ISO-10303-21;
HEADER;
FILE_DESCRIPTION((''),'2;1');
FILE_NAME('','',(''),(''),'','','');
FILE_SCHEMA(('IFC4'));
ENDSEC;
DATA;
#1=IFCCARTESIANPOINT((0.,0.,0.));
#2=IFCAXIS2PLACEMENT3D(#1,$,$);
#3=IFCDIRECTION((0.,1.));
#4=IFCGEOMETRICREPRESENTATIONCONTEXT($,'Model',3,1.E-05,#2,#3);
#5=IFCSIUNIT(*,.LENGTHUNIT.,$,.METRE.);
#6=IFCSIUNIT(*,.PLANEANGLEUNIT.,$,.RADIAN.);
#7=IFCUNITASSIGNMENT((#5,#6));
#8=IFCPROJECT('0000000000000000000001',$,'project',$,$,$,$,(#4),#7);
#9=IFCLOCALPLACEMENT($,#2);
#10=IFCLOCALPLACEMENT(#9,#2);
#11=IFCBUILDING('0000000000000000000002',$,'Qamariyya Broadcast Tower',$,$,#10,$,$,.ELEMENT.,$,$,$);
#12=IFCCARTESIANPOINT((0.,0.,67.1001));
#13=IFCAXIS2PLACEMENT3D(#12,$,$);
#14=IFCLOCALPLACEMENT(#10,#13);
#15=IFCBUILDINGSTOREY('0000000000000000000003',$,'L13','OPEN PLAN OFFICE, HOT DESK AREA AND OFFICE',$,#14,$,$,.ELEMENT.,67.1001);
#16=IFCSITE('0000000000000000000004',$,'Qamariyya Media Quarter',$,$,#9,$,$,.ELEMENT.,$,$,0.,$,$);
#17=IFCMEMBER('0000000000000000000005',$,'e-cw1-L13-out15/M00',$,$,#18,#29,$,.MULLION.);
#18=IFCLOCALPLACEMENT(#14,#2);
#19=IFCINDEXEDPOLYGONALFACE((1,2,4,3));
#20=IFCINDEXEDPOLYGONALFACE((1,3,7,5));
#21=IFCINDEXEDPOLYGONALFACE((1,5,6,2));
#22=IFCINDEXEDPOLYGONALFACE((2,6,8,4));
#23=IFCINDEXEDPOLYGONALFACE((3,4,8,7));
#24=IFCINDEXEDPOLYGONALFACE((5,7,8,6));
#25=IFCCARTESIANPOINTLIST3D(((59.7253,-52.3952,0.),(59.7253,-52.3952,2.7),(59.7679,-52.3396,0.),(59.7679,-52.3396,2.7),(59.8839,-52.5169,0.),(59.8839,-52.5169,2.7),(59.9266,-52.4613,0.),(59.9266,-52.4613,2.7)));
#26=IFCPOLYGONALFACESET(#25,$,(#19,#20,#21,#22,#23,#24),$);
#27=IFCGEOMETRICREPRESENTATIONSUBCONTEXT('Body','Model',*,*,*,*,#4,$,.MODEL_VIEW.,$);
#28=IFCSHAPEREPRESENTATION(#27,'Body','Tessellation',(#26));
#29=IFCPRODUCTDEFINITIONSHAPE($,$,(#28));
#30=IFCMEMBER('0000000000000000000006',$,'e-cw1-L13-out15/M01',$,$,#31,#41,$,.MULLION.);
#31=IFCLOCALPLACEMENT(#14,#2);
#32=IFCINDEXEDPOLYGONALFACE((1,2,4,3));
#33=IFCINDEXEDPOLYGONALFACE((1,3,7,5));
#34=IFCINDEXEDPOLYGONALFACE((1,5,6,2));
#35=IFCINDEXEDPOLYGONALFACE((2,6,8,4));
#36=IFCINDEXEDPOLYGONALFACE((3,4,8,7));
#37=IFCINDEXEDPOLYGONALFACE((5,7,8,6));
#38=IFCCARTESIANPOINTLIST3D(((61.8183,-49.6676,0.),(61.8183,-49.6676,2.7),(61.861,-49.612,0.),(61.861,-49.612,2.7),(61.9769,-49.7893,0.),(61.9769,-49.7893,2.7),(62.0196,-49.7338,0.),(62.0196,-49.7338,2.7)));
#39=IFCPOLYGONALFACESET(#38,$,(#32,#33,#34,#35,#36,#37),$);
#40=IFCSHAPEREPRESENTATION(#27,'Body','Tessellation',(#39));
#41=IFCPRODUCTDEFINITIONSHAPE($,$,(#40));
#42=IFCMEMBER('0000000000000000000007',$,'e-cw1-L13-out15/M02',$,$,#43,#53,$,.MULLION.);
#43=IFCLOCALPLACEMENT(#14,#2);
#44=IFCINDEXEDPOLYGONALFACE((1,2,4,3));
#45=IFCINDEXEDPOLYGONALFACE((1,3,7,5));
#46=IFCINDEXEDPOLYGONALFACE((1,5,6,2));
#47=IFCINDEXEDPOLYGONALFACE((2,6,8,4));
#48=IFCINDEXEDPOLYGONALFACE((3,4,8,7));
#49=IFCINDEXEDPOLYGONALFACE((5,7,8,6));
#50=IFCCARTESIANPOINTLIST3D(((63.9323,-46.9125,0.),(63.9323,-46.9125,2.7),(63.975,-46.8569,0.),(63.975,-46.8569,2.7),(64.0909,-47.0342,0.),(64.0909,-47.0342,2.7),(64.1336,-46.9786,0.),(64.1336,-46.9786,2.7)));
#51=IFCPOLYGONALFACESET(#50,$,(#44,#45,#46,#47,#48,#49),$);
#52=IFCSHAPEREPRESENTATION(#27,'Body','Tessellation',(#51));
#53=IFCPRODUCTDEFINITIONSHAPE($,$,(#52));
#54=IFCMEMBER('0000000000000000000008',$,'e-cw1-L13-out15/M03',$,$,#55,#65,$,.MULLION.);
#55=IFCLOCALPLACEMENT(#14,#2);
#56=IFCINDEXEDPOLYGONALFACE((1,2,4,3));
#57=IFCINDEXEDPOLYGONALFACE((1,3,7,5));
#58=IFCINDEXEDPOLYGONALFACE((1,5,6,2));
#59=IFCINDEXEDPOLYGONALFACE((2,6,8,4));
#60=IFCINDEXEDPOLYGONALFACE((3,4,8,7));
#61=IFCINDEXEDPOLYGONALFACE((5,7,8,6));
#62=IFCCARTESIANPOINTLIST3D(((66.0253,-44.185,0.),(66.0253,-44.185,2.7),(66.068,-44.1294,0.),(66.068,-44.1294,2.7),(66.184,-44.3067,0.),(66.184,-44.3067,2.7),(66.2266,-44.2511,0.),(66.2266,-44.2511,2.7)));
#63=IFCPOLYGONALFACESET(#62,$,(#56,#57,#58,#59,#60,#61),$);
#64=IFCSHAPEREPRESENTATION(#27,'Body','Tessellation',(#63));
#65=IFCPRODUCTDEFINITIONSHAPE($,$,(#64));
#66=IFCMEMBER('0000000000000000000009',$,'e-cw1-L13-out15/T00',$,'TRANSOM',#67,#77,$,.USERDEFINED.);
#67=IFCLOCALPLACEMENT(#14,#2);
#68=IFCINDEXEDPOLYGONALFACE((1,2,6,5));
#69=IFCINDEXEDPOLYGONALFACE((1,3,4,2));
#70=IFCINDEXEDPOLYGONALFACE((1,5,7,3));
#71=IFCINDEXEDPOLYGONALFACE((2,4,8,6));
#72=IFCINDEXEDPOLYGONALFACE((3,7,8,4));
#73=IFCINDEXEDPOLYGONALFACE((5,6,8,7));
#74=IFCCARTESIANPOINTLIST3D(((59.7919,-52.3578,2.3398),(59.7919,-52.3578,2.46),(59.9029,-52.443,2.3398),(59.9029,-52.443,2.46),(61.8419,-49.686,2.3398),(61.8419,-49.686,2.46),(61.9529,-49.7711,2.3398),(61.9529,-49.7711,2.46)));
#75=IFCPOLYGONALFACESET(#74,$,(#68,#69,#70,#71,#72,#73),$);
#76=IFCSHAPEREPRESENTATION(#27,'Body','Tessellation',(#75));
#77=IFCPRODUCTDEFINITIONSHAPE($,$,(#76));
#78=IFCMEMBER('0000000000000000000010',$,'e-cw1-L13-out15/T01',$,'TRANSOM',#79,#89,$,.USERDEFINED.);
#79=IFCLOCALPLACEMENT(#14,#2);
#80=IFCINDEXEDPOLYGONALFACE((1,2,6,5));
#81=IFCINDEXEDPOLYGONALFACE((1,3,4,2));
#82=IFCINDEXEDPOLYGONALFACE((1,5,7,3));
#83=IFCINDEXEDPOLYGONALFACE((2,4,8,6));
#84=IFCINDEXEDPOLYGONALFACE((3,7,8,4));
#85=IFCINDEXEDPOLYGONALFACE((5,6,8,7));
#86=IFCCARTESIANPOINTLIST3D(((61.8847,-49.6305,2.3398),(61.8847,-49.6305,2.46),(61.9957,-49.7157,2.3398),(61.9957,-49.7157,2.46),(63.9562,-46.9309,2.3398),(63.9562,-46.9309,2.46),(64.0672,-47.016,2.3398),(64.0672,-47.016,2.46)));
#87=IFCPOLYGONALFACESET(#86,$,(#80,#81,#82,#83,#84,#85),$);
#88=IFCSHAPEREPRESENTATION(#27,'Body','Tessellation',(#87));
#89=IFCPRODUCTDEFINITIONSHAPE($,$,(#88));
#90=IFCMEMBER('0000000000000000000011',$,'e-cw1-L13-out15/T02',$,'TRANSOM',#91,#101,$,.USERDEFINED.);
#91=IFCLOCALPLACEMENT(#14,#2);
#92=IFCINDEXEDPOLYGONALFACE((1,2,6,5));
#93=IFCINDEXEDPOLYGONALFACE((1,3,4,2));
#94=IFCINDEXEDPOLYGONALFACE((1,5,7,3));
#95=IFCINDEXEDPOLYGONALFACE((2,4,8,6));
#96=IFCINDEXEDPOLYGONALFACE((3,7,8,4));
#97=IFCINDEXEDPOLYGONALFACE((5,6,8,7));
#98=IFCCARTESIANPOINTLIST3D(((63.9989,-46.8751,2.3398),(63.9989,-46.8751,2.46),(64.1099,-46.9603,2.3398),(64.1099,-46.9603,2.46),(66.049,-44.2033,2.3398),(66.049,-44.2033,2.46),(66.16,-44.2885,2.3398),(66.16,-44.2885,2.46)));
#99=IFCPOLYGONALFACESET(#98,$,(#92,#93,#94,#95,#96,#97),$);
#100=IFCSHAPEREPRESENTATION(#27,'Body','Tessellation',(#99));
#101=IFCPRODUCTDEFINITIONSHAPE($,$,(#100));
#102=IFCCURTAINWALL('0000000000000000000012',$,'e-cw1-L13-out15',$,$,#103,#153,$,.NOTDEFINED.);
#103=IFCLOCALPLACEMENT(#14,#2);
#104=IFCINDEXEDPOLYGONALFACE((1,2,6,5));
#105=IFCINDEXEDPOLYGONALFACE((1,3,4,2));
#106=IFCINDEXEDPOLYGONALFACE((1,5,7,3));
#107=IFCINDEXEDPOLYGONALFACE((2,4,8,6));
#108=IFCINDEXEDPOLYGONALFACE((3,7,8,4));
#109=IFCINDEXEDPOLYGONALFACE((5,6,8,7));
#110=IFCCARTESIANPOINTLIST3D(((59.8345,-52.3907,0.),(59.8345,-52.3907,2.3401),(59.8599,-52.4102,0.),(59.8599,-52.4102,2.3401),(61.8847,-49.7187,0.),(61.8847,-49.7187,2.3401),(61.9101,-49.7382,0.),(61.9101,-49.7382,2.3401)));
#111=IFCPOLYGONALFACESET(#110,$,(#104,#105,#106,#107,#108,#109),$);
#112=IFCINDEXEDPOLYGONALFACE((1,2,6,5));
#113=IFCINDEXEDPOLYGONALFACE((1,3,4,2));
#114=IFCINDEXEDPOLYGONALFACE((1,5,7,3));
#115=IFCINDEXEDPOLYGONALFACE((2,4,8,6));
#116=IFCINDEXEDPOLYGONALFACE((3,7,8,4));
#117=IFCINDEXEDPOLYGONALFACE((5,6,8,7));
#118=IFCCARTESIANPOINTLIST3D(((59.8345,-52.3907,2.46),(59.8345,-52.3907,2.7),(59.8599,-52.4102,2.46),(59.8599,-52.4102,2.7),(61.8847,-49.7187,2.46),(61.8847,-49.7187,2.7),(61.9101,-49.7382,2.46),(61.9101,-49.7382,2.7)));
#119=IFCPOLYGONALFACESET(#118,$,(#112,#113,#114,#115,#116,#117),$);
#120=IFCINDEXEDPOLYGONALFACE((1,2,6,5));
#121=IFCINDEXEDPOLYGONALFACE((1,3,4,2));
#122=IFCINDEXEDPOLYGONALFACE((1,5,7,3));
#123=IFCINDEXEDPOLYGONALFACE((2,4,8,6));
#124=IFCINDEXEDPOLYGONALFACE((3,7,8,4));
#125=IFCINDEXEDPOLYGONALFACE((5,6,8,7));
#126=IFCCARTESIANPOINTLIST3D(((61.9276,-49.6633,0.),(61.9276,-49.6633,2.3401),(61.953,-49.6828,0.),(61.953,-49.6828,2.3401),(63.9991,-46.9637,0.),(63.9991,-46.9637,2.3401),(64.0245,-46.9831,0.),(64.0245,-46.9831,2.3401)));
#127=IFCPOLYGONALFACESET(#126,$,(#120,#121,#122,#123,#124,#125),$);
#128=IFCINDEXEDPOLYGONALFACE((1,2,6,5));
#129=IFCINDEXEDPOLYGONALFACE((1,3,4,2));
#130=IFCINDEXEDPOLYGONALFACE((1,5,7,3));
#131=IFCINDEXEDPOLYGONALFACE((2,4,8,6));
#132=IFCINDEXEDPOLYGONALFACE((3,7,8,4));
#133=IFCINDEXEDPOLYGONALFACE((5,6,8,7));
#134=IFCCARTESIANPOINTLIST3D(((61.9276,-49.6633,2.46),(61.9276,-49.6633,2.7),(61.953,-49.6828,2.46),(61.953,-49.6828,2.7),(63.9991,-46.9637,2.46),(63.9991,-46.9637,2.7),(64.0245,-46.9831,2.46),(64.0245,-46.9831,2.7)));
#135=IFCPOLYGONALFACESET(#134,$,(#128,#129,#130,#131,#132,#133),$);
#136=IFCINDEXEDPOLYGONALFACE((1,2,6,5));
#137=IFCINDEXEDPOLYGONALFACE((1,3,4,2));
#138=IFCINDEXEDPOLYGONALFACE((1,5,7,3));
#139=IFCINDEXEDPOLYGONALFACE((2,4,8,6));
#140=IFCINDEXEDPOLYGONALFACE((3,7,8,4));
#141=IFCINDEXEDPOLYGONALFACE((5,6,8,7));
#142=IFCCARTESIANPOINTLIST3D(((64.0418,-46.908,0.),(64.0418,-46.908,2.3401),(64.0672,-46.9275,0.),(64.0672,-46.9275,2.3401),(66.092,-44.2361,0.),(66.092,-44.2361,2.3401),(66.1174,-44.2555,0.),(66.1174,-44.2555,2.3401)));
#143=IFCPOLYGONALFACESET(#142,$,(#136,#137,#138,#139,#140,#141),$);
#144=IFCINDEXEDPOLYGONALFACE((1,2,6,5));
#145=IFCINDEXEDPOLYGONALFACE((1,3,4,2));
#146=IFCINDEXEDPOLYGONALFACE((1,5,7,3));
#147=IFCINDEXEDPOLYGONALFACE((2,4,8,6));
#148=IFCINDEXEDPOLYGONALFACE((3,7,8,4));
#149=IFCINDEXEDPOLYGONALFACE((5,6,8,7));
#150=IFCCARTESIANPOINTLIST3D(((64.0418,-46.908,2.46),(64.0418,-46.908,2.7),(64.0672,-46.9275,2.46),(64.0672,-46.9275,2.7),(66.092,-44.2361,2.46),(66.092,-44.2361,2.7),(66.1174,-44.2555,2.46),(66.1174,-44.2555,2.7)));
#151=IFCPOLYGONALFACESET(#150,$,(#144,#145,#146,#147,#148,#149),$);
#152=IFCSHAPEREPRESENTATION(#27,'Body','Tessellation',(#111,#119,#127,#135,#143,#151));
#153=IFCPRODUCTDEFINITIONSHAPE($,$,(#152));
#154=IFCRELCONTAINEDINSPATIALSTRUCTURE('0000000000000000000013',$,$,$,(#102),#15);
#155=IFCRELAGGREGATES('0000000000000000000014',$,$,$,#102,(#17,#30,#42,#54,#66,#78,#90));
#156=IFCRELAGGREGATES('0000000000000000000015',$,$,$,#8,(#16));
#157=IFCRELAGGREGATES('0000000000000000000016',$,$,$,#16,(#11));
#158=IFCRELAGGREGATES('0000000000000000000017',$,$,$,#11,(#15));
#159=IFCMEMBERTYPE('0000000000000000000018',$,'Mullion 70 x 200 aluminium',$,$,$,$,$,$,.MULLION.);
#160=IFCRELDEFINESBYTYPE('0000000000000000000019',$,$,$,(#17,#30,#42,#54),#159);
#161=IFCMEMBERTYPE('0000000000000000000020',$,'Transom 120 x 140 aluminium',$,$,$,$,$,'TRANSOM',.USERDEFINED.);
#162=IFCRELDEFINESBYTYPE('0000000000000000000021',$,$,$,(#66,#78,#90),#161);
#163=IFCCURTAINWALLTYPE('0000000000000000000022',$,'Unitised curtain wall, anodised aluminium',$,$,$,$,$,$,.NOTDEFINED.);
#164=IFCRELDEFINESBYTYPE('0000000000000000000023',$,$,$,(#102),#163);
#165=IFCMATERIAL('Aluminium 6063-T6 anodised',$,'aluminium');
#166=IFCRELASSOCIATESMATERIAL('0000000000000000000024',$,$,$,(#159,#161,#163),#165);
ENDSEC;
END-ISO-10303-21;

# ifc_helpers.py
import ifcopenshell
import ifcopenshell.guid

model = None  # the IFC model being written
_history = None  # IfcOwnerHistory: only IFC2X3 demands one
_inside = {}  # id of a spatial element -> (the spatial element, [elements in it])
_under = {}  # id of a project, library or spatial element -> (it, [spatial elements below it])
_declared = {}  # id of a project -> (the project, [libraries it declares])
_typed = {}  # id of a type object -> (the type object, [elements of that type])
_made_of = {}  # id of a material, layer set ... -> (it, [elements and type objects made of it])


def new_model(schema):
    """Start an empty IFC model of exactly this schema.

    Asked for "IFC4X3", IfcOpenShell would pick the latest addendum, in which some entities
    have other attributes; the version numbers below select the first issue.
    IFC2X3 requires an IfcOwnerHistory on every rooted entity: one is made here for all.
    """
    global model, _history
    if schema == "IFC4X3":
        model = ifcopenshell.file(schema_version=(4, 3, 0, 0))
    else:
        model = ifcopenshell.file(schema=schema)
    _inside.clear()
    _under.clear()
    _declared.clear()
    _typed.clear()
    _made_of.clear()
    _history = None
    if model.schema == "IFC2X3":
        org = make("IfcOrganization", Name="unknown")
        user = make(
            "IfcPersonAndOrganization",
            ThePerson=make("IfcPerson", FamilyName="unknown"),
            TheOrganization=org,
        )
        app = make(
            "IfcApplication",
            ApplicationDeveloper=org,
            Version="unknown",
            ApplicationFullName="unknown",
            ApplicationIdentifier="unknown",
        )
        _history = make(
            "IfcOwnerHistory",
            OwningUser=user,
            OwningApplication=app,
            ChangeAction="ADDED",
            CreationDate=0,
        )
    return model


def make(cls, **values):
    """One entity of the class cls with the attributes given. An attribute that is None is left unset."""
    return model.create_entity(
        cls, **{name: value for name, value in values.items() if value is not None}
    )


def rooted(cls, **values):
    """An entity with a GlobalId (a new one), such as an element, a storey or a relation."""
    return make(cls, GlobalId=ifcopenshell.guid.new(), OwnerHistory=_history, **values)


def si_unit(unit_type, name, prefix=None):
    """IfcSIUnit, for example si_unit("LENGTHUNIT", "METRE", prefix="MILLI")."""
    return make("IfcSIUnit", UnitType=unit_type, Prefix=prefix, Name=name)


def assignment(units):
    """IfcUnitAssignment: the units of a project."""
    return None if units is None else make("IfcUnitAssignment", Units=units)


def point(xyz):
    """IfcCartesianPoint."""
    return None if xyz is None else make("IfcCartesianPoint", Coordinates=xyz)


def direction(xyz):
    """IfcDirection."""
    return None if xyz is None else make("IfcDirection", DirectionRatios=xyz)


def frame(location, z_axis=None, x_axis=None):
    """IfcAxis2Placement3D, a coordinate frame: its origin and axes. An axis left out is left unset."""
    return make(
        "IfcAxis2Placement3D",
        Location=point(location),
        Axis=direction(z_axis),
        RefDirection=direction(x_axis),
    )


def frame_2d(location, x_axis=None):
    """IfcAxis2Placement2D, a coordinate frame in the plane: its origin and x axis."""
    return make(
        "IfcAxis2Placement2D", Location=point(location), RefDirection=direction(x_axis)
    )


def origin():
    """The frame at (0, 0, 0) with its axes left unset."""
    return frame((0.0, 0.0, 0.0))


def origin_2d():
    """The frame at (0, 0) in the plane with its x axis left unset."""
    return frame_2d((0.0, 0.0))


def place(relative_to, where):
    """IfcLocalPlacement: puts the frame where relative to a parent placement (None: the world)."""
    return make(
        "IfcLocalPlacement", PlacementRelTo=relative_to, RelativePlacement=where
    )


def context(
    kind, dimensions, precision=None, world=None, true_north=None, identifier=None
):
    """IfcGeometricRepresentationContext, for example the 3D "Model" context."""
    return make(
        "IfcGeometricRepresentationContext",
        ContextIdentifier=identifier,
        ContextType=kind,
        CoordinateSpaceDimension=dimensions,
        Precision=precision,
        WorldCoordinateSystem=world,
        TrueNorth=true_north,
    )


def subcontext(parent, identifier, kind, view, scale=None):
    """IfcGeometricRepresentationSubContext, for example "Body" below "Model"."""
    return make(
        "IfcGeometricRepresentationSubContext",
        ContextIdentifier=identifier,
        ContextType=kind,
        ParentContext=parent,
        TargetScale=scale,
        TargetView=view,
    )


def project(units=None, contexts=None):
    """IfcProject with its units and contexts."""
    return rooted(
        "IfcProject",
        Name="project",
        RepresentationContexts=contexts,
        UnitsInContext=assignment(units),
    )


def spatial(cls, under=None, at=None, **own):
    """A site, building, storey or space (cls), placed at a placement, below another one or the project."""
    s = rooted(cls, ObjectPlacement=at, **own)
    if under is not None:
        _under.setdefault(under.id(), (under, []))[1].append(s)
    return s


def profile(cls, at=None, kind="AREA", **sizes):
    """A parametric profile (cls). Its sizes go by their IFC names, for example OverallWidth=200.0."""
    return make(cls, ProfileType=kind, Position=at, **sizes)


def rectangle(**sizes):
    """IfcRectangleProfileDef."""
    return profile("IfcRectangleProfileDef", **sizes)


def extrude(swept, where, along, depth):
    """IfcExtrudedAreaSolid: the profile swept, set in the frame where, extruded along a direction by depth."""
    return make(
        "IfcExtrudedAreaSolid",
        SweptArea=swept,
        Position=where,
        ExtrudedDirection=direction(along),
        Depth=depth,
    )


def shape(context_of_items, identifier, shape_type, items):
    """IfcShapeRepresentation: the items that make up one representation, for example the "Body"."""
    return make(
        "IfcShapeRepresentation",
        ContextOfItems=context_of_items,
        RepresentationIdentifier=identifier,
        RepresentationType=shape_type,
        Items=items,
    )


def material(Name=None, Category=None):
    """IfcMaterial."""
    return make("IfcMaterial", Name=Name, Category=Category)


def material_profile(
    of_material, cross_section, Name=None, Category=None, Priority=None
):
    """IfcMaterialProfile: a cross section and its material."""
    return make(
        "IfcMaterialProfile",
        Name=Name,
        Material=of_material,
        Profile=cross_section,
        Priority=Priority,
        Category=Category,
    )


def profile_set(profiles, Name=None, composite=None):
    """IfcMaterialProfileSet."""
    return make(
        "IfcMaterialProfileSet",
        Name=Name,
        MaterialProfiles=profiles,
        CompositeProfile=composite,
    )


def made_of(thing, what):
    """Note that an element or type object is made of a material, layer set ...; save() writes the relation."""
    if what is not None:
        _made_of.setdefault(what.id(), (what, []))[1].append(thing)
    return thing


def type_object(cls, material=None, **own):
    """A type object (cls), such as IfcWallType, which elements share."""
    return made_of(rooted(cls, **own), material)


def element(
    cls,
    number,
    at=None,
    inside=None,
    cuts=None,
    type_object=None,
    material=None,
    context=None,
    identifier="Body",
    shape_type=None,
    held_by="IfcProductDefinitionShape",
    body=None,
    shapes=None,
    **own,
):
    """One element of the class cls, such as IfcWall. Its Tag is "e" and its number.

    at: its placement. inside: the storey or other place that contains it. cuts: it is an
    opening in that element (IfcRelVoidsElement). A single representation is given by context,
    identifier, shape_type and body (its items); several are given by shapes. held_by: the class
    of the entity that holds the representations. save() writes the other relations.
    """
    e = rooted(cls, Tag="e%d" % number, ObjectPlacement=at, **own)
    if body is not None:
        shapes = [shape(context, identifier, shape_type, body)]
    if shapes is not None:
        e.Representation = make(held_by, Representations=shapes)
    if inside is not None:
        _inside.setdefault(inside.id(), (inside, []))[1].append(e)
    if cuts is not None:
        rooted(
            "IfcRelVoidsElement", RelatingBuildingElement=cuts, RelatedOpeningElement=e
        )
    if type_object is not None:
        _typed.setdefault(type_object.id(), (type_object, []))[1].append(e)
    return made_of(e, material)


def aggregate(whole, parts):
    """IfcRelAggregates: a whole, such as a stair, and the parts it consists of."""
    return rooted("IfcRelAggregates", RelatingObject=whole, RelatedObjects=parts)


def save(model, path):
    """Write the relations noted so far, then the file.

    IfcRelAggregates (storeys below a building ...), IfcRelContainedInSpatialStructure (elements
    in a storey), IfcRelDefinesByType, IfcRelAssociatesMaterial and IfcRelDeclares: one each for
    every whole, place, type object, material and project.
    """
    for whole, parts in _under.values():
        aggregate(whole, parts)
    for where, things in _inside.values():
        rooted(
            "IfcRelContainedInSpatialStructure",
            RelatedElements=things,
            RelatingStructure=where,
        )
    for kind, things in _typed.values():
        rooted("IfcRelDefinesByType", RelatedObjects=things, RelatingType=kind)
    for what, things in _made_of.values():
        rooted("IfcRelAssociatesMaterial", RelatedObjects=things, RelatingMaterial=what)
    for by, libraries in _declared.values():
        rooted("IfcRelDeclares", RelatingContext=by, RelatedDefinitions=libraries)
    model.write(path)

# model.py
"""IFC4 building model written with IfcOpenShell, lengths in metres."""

from ifc_helpers import new_model, si_unit, direction, frame, origin, origin_2d, place, context, subcontext, project, spatial, rectangle, extrude, material, material_profile, profile_set, type_object, element, aggregate, save


model = new_model("IFC4")

# Units and contexts
model_context = context("Model", 3, precision=1e-05, world=origin(), true_north=direction((0.0, 1.0)))
body_context = subcontext(model_context, "Body", "Model", "MODEL_VIEW")
ifc_project = project(units=[si_unit("LENGTHUNIT", "METRE"), si_unit("PLANEANGLEUNIT", "RADIAN")], contexts=[model_context])

# Members
ifc_material_1 = material(Name="Aluminium 6063-T6 anodised", Category="aluminium")
ifc_material_profile_1 = material_profile(ifc_material_1, rectangle(XDim=0.2, YDim=0.0701, at=origin_2d()))
ifc_profile_set_1 = profile_set([ifc_material_profile_1], Name="Aluminium 6063-T6 anodised")
member_type_1 = type_object("IfcMemberType", Name="Mullion 70 x 200 aluminium", PredefinedType="MULLION", material=ifc_profile_set_1)
site_placement = place(None, origin())
building_placement = place(site_placement, origin())
storey_placement = place(building_placement, frame((0.0, 0.0, 67.1001)))
member_1_placement = place(storey_placement, frame((59.8259, -52.4282, 0.0), z_axis=(0.0, 0.0, 1.0), x_axis=(-0.793353, 0.608761, 0.0)))
member_1 = element("IfcMember", 1, at=member_1_placement, type_object=member_type_1, Name="e-cw1-L13-out15/M00", PredefinedType="MULLION", context=body_context, shape_type="SweptSolid", body=[
    extrude(rectangle(XDim=0.2, YDim=0.0701, at=origin_2d()), origin(), (0.0, 0.0, 1.0), 2.7),
])
member_2_placement = place(storey_placement, frame((61.9189, -49.7007, 0.0), z_axis=(0.0, 0.0, 1.0), x_axis=(-0.793353, 0.608761, 0.0)))
member_2 = element("IfcMember", 2, at=member_2_placement, type_object=member_type_1, Name="e-cw1-L13-out15/M01", PredefinedType="MULLION", context=body_context, shape_type="SweptSolid", body=[
    extrude(rectangle(XDim=0.2, YDim=0.0701, at=origin_2d()), origin(), (0.0, 0.0, 1.0), 2.7),
])
member_3_placement = place(storey_placement, frame((64.033, -46.9456, 0.0), z_axis=(0.0, 0.0, 1.0), x_axis=(-0.793353, 0.608761, 0.0)))
member_3 = element("IfcMember", 3, at=member_3_placement, type_object=member_type_1, Name="e-cw1-L13-out15/M02", PredefinedType="MULLION", context=body_context, shape_type="SweptSolid", body=[
    extrude(rectangle(XDim=0.2, YDim=0.0701, at=origin_2d()), origin(), (0.0, 0.0, 1.0), 2.7),
])
member_4_placement = place(storey_placement, frame((66.126, -44.218, 0.0), z_axis=(0.0, 0.0, 1.0), x_axis=(-0.793353, 0.608761, 0.0)))
member_4 = element("IfcMember", 4, at=member_4_placement, type_object=member_type_1, Name="e-cw1-L13-out15/M03", PredefinedType="MULLION", context=body_context, shape_type="SweptSolid", body=[
    extrude(rectangle(XDim=0.2, YDim=0.0701, at=origin_2d()), origin(), (0.0, 0.0, 1.0), 2.7),
])
ifc_material_profile_2 = material_profile(ifc_material_1, rectangle(XDim=0.1399, YDim=0.1201, at=origin_2d()))
ifc_profile_set_2 = profile_set([ifc_material_profile_2], Name="Aluminium 6063-T6 anodised")
member_type_2 = type_object("IfcMemberType", Name="Transom 120 x 140 aluminium", ElementType="TRANSOM", PredefinedType="USERDEFINED", material=ifc_profile_set_2)
member_5_placement = place(storey_placement, frame((59.8474, -52.4004, 2.3999), z_axis=(0.608733, 0.793375, 0.0), x_axis=(-0.793375, 0.608733, 0.0)))
member_5 = element("IfcMember", 5, at=member_5_placement, type_object=member_type_2, Name="e-cw1-L13-out15/T00", ObjectType="TRANSOM", PredefinedType="USERDEFINED", context=body_context, shape_type="SweptSolid", body=[
    extrude(rectangle(XDim=0.1399, YDim=0.1201, at=origin_2d()), origin(), (0.0, 0.0, 1.0), 3.3677),
])
member_6_placement = place(storey_placement, frame((61.9402, -49.6731, 2.3999), z_axis=(0.608757, 0.793357, 0.0), x_axis=(-0.793357, 0.608757, 0.0)))
member_6 = element("IfcMember", 6, at=member_6_placement, type_object=member_type_2, Name="e-cw1-L13-out15/T01", ObjectType="TRANSOM", PredefinedType="USERDEFINED", context=body_context, shape_type="SweptSolid", body=[
    extrude(rectangle(XDim=0.1399, YDim=0.1201, at=origin_2d()), origin(), (0.0, 0.0, 1.0), 3.4028),
])
member_7_placement = place(storey_placement, frame((64.0544, -46.9177, 2.3999), z_axis=(0.608733, 0.793375, 0.0), x_axis=(-0.793375, 0.608733, 0.0)))
member_7 = element("IfcMember", 7, at=member_7_placement, type_object=member_type_2, Name="e-cw1-L13-out15/T02", ObjectType="TRANSOM", PredefinedType="USERDEFINED", context=body_context, shape_type="SweptSolid", body=[
    extrude(rectangle(XDim=0.1399, YDim=0.1201, at=origin_2d()), origin(), (0.0, 0.0, 1.0), 3.3677),
])

# Site, building, storey
site = spatial("IfcSite", under=ifc_project, at=site_placement, Name="Qamariyya Media Quarter", CompositionType="ELEMENT", RefElevation=0.0)
building = spatial("IfcBuilding", under=site, at=building_placement, Name="Qamariyya Broadcast Tower", CompositionType="ELEMENT")
storey = spatial("IfcBuildingStorey", under=building, at=storey_placement, Name="L13", Description="OPEN PLAN OFFICE, HOT DESK AREA AND OFFICE", CompositionType="ELEMENT", Elevation=67.1001)

# Curtain wall
curtain_wall_type = type_object("IfcCurtainWallType", Name="Unitised curtain wall, anodised aluminium", PredefinedType="NOTDEFINED", material=ifc_material_1)
curtain_wall_1_placement = place(storey_placement, origin())
curtain_wall_1 = element("IfcCurtainWall", 8, at=curtain_wall_1_placement, inside=storey, type_object=curtain_wall_type, Name="e-cw1-L13-out15", PredefinedType="NOTDEFINED", context=body_context, shape_type="SweptSolid", body=[
    extrude(rectangle(XDim=3.3679, YDim=0.032, at=origin_2d()), frame((60.8723, -51.0645, 0.0), x_axis=(0.608756, 0.793358, 0.0)), (0.0, 0.0, 1.0), 2.3401),
    extrude(rectangle(XDim=3.3679, YDim=0.032, at=origin_2d()), frame((60.8723, -51.0645, 2.46), x_axis=(0.608756, 0.793358, 0.0)), (0.0, 0.0, 1.0), 0.24),
    extrude(rectangle(XDim=3.4028, YDim=0.032, at=origin_2d()), frame((62.9761, -48.3232, 0.0), x_axis=(0.608756, 0.793358, 0.0)), (0.0, 0.0, 1.0), 2.3401),
    extrude(rectangle(XDim=3.4028, YDim=0.032, at=origin_2d()), frame((62.9761, -48.3232, 2.46), x_axis=(0.608756, 0.793358, 0.0)), (0.0, 0.0, 1.0), 0.24),
    extrude(rectangle(XDim=3.3679, YDim=0.032, at=origin_2d()), frame((65.0796, -45.5818, 0.0), x_axis=(0.608756, 0.793358, 0.0)), (0.0, 0.0, 1.0), 2.3401),
    extrude(rectangle(XDim=3.3679, YDim=0.032, at=origin_2d()), frame((65.0796, -45.5818, 2.46), x_axis=(0.608756, 0.793358, 0.0)), (0.0, 0.0, 1.0), 0.24),
])
aggregate(curtain_wall_1, [member_1, member_2, member_3, member_4, member_5, member_6, member_7])

save(model, "model.ifc")
